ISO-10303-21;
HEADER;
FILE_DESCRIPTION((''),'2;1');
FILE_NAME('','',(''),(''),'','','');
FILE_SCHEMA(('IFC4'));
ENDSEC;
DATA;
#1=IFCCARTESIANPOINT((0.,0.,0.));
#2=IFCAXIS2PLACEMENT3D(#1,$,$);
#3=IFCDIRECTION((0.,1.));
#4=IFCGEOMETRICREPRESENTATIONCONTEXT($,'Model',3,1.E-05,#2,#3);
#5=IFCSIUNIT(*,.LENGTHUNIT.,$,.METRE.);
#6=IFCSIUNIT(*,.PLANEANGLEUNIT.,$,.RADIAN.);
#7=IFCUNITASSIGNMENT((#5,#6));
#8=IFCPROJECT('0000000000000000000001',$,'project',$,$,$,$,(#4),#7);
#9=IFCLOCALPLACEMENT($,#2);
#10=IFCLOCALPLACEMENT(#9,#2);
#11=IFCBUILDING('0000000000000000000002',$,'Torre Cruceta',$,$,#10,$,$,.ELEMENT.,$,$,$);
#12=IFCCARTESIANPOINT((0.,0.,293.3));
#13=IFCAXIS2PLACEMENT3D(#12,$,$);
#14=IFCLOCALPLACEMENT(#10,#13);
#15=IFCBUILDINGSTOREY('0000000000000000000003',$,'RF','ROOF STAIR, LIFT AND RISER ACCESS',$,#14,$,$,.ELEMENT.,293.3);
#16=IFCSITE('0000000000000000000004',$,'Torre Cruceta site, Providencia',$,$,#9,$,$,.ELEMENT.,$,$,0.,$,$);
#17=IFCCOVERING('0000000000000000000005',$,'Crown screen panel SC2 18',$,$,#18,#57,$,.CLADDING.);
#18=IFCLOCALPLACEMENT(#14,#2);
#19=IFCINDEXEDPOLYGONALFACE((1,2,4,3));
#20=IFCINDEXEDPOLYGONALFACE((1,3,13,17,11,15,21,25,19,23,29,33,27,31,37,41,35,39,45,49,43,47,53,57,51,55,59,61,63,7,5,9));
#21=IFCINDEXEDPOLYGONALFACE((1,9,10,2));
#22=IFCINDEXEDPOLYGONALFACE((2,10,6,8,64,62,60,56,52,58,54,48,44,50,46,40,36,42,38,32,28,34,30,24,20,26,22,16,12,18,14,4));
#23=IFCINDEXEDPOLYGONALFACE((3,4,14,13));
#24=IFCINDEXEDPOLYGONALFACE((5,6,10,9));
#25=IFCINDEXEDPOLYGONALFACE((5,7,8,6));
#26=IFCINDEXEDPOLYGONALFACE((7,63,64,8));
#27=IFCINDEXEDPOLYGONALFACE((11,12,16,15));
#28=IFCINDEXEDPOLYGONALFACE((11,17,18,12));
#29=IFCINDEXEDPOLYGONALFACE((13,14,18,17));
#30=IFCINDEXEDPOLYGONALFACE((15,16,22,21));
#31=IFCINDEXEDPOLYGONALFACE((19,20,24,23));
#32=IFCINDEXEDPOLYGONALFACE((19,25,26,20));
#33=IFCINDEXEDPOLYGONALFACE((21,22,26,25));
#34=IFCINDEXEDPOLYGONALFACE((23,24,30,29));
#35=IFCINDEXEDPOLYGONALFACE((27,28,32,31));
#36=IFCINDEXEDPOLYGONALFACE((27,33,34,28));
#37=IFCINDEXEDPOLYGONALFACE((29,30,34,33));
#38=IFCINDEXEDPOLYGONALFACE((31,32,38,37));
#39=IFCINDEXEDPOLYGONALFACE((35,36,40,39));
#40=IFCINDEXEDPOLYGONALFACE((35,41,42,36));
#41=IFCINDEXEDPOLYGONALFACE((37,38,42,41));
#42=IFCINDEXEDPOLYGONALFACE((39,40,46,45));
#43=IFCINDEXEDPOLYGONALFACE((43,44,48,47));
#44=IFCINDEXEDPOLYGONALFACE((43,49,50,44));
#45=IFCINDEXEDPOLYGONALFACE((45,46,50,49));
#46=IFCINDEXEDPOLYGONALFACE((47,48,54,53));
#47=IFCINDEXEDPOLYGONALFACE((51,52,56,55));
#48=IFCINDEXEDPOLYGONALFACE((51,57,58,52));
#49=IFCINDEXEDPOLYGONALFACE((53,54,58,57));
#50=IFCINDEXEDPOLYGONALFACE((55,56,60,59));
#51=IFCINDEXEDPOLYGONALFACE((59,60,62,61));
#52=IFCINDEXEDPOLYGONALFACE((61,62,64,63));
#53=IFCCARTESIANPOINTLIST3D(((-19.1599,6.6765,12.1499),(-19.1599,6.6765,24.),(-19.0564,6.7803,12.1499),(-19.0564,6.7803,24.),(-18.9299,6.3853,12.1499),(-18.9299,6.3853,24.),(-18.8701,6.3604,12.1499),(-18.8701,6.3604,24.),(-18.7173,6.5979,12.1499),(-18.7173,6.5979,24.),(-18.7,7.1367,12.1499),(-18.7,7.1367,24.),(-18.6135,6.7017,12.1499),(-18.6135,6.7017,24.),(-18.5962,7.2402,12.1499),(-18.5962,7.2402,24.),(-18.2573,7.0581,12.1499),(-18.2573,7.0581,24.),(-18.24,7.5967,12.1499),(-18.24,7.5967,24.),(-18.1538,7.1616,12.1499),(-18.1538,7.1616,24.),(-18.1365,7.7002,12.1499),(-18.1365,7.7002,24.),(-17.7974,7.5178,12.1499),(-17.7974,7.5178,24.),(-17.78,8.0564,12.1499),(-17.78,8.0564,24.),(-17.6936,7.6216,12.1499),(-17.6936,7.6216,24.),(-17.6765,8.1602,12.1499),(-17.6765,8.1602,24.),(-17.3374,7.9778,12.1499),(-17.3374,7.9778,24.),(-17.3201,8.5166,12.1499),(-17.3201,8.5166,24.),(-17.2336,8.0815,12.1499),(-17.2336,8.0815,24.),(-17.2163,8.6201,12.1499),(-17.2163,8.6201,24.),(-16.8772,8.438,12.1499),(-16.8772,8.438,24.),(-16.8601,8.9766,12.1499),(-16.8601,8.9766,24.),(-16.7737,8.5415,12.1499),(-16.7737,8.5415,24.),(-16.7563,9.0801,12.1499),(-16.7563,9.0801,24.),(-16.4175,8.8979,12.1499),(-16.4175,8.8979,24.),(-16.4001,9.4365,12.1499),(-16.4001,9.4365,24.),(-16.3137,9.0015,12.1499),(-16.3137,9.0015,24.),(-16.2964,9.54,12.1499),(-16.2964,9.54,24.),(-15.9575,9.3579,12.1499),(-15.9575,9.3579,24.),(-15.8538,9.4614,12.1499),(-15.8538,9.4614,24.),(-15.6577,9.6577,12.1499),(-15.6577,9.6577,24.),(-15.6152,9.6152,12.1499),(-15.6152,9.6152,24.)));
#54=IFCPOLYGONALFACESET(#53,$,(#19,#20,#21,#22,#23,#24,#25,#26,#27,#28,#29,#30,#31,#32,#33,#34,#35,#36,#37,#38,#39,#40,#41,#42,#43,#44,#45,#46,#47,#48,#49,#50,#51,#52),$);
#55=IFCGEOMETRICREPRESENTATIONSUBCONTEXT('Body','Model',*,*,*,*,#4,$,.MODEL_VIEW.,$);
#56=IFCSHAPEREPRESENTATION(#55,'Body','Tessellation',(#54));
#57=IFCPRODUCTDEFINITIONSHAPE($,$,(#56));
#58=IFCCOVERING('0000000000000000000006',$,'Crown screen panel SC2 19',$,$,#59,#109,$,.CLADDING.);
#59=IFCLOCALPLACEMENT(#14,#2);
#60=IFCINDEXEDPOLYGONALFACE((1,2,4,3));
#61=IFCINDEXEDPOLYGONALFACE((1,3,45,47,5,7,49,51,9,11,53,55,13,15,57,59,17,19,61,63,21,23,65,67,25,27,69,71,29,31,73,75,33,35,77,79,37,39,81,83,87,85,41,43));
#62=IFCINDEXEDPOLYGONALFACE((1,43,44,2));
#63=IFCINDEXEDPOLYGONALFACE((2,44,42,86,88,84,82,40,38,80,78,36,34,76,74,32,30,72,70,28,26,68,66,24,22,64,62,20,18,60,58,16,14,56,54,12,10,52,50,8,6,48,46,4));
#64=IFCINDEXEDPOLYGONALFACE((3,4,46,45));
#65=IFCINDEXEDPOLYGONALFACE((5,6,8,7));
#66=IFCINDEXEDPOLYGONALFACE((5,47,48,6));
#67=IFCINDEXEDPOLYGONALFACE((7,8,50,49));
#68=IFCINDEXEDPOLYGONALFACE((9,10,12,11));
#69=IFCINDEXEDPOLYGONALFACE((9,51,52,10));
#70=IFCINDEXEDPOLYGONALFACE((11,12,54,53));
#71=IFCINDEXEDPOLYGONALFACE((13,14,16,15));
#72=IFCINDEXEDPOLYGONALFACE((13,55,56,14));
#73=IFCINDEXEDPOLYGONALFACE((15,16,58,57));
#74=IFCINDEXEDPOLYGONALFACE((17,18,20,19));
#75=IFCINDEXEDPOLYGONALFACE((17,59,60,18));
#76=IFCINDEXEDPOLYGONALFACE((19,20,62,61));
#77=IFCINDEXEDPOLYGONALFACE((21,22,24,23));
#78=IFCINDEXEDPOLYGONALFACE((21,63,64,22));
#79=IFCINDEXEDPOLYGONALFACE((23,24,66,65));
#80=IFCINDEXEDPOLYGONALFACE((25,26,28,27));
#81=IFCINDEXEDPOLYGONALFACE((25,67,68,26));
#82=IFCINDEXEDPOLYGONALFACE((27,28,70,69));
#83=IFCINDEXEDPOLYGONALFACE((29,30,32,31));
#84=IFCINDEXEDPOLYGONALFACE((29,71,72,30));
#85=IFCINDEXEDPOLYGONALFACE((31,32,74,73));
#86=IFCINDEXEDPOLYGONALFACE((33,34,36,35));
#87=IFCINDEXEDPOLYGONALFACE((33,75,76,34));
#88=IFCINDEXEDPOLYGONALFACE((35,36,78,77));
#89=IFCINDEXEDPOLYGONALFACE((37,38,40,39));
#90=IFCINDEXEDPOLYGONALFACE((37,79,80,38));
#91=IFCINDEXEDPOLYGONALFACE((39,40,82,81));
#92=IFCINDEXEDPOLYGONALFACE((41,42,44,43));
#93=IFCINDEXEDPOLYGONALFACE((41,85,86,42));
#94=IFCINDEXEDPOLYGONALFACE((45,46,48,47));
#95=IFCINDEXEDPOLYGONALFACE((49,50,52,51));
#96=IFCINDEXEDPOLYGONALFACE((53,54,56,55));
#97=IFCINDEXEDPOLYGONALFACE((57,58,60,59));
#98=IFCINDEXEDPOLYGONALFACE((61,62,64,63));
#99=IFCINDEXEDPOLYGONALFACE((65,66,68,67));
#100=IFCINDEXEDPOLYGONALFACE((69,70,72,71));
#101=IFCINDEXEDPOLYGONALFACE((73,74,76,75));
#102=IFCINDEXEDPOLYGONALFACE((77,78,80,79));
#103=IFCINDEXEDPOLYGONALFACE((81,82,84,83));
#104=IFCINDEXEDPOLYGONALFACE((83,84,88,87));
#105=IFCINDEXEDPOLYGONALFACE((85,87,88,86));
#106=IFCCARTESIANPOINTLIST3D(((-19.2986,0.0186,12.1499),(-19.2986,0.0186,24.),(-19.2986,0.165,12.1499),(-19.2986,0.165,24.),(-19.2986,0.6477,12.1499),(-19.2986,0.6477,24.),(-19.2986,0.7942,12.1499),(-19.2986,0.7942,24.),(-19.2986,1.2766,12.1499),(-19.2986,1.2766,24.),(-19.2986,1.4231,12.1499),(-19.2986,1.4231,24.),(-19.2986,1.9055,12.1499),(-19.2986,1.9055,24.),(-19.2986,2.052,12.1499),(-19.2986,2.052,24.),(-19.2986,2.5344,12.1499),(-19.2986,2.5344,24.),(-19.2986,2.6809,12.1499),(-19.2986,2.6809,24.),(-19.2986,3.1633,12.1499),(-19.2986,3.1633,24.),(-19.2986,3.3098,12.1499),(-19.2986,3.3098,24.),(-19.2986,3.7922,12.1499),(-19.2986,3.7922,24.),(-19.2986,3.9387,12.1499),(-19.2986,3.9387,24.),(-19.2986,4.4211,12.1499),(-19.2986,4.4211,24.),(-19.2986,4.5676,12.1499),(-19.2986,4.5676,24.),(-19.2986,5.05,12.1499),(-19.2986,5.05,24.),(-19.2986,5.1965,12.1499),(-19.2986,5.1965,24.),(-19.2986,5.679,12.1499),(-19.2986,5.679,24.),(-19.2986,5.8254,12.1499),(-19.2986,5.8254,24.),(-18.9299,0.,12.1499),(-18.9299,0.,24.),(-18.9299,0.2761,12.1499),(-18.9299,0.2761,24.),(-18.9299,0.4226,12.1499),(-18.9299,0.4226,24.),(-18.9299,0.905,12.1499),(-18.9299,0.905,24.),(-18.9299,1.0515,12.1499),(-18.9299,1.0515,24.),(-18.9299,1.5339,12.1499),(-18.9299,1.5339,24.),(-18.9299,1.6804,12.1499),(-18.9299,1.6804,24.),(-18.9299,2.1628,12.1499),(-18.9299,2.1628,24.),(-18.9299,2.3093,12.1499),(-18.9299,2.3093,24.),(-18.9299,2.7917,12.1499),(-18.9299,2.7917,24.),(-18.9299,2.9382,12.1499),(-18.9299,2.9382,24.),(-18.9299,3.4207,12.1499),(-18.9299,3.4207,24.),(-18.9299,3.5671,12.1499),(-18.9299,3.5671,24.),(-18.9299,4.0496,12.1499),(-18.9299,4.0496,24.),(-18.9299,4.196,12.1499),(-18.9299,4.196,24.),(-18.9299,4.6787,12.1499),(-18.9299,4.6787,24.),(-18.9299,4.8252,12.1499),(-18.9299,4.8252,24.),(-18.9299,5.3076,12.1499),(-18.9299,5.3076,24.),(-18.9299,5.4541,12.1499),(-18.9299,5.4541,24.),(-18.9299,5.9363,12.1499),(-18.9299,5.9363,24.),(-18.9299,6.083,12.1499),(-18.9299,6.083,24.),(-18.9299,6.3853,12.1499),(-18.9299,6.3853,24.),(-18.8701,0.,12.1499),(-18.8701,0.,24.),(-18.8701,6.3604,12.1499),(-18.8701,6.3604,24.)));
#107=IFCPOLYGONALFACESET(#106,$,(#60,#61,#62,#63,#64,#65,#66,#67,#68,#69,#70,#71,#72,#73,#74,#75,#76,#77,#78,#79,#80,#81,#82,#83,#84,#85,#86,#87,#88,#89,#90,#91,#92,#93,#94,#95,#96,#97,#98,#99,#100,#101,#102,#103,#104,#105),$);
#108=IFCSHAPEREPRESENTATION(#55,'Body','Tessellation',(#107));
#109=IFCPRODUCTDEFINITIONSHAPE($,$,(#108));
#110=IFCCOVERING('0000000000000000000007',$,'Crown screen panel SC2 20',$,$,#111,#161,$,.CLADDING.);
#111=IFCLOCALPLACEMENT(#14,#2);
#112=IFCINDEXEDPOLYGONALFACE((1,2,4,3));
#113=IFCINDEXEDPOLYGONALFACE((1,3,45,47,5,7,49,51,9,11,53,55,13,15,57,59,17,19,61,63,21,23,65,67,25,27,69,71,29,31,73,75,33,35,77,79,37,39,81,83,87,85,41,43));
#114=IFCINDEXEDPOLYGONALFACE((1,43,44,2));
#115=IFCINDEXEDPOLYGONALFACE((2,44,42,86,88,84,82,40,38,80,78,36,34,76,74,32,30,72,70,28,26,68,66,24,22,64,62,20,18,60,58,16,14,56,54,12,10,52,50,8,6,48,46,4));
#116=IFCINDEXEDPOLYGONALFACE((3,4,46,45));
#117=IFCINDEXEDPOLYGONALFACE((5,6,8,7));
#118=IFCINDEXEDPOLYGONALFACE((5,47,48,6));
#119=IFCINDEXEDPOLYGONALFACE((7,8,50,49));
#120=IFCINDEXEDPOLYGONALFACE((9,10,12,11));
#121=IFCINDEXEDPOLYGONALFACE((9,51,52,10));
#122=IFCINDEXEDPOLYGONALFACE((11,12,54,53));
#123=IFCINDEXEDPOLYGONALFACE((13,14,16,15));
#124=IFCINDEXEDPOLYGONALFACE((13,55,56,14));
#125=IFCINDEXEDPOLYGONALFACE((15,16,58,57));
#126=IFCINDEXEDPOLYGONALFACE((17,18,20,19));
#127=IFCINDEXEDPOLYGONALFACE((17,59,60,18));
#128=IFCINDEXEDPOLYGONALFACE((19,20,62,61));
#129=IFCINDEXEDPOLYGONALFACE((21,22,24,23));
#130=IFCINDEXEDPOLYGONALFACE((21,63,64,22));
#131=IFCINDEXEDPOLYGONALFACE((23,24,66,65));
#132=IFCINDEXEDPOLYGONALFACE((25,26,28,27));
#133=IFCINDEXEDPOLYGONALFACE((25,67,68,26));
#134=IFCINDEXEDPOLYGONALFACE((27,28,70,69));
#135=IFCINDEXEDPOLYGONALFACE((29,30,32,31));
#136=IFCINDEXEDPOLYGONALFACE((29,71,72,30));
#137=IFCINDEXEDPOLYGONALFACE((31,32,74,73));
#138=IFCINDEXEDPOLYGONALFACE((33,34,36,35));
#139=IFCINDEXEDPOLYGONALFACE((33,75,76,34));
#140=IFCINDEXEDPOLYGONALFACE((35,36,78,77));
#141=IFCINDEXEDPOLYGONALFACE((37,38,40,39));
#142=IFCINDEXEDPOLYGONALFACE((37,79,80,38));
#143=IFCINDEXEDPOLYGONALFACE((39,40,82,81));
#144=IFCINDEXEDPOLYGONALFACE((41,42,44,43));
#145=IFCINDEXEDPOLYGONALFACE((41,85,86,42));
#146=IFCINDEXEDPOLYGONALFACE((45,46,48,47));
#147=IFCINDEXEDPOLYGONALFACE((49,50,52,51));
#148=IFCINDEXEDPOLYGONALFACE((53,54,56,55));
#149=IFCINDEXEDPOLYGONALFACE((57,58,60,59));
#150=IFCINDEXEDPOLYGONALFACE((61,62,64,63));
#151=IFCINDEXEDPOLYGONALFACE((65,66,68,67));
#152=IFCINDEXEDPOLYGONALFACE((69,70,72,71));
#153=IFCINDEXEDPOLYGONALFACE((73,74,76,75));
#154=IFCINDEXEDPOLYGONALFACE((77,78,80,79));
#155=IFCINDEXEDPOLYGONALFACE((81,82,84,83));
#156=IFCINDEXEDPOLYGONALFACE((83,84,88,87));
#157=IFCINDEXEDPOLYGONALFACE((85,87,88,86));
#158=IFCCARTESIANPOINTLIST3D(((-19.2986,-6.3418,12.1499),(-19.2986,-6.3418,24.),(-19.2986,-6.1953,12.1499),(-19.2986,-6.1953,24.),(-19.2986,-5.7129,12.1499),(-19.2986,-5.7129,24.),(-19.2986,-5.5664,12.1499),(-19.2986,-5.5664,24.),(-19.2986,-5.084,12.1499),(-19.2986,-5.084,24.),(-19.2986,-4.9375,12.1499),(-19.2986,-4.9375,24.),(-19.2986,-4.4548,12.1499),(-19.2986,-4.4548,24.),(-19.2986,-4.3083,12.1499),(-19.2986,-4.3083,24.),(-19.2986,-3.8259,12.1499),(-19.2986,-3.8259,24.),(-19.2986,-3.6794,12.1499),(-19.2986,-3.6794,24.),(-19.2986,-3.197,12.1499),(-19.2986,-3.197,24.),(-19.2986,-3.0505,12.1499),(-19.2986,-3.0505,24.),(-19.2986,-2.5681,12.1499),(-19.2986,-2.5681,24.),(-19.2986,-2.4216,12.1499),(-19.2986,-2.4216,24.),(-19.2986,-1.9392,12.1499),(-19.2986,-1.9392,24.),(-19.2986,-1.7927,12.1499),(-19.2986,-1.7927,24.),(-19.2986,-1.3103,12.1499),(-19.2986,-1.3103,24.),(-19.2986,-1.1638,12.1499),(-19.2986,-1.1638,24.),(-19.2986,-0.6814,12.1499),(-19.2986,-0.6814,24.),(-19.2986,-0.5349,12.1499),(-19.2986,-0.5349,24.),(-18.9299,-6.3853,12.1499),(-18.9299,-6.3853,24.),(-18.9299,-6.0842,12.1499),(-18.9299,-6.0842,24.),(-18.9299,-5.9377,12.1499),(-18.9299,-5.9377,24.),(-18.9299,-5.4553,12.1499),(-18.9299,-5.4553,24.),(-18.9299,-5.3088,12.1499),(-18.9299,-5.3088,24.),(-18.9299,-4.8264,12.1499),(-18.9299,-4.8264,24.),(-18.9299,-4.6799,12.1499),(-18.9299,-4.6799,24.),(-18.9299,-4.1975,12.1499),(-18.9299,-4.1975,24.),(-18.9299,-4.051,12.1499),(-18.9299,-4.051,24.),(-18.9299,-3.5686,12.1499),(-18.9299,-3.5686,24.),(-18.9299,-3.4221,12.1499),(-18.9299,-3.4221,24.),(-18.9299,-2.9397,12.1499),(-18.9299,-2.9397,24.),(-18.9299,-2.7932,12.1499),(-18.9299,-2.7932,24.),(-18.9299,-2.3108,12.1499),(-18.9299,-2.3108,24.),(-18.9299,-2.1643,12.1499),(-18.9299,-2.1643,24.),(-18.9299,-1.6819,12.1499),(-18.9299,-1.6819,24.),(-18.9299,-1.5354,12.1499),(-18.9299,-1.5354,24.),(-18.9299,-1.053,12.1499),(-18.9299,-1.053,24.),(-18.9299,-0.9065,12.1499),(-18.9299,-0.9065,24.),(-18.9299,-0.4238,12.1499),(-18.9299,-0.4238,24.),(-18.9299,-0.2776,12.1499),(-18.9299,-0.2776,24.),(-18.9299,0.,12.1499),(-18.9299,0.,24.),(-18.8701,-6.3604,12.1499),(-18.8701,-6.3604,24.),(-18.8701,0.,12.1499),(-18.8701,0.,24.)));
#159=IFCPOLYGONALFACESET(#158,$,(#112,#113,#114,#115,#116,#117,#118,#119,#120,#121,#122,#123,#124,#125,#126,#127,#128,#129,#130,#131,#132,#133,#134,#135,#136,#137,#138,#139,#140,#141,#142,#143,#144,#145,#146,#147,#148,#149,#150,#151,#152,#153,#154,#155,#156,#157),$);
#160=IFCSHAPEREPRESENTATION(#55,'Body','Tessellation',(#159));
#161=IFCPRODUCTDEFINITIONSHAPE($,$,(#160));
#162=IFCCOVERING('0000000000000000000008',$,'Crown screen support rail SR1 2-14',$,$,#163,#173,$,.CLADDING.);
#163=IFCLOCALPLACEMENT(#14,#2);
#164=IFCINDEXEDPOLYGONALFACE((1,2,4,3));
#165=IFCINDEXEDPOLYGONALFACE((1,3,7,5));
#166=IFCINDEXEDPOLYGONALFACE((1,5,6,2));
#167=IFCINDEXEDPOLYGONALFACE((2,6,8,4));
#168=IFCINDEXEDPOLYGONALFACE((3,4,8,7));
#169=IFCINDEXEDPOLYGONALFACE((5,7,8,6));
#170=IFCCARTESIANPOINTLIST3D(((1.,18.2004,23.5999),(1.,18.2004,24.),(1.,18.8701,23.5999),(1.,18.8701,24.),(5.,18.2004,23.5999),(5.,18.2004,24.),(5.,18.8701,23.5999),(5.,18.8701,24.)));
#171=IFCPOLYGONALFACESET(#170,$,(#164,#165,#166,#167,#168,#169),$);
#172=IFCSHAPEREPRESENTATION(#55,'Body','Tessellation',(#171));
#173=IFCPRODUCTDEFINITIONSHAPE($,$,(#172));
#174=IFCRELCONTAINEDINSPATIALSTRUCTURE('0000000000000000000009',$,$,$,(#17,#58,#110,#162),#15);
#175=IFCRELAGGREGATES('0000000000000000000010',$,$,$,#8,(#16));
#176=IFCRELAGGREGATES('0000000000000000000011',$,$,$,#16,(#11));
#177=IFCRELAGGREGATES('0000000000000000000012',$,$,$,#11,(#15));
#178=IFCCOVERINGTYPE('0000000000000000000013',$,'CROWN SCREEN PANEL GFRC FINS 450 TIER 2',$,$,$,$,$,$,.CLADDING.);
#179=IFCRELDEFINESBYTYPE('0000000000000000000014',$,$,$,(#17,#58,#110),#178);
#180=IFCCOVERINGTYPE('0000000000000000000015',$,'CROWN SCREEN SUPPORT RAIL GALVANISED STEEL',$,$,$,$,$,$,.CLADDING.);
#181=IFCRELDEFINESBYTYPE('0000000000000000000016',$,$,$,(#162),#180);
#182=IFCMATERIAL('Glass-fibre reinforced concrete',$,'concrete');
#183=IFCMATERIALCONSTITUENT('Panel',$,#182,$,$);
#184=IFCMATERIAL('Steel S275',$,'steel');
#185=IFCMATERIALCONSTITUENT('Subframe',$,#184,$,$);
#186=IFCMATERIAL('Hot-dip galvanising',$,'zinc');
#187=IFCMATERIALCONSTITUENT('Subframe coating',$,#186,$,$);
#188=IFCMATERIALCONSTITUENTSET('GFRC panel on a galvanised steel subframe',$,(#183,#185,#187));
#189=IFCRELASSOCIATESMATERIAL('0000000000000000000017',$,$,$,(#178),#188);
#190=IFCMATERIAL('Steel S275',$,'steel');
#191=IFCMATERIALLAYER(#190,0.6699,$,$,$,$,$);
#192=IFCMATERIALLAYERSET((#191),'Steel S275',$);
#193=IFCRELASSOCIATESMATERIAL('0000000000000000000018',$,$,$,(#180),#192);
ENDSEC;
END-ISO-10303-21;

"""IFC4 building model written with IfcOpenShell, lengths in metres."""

from ifc_helpers import new_model, si_unit, direction, frame, origin, place, context, subcontext, project, spatial, polyline, outline, extrude, material, layer, layer_set, constituent, constituent_set, type_object, element, save


model = new_model("IFC4")

# Units and contexts
model_context = context("Model", 3, precision=1e-05, world=origin(), true_north=direction((0.0, 1.0)))
body_context = subcontext(model_context, "Body", "Model", "MODEL_VIEW")
ifc_project = project(units=[si_unit("LENGTHUNIT", "METRE"), si_unit("PLANEANGLEUNIT", "RADIAN")], contexts=[model_context])

# Site, building, storey
site_placement = place(None, origin())
site = spatial("IfcSite", under=ifc_project, at=site_placement, Name="Torre Cruceta site, Providencia", CompositionType="ELEMENT", RefElevation=0.0)
building_placement = place(site_placement, origin())
building = spatial("IfcBuilding", under=site, at=building_placement, Name="Torre Cruceta", CompositionType="ELEMENT")
storey_placement = place(building_placement, frame((0.0, 0.0, 293.3)))
storey = spatial("IfcBuildingStorey", under=building, at=storey_placement, Name="RF", Description="ROOF STAIR, LIFT AND RISER ACCESS", CompositionType="ELEMENT", Elevation=293.3)

# Coverings
ifc_material_1 = material(Name="Glass-fibre reinforced concrete", Category="concrete")
ifc_constituent_1 = constituent(ifc_material_1, Name="Panel")
ifc_material_2 = material(Name="Steel S275", Category="steel")
ifc_constituent_2 = constituent(ifc_material_2, Name="Subframe")
ifc_material_3 = material(Name="Hot-dip galvanising", Category="zinc")
ifc_constituent_3 = constituent(ifc_material_3, Name="Subframe coating")
ifc_constituent_set_1 = constituent_set(constituents=[ifc_constituent_1, ifc_constituent_2, ifc_constituent_3], Name="GFRC panel on a galvanised steel subframe")
covering_type_1 = type_object("IfcCoveringType", Name="CROWN SCREEN PANEL GFRC FINS 450 TIER 2", PredefinedType="CLADDING", material=ifc_constituent_set_1)
covering_1_placement = place(storey_placement, frame((0.0, 0.0, 12.1499)))
element("IfcCovering", 1, at=covering_1_placement, inside=storey, type_object=covering_type_1, Name="Crown screen panel SC2 18", PredefinedType="CLADDING", context=body_context, shape_type="SweptSolid", body=[
    extrude(outline(polyline([(-19.1599, 6.6765), (-18.7173, 6.5979), (-18.9299, 6.3853), (-18.8701, 6.3604), (-15.6152, 9.6152), (-15.6577, 9.6577), (-15.8538, 9.4614), (-16.2964, 9.54), (-16.4001, 9.4365), (-15.9575, 9.3579), (-16.3137, 9.0015), (-16.7563, 9.0801), (-16.8601, 8.9766), (-16.4175, 8.8979), (-16.7737, 8.5415), (-17.2163, 8.6201), (-17.3201, 8.5166), (-16.8772, 8.438), (-17.2336, 8.0815), (-17.6765, 8.1602), (-17.78, 8.0564), (-17.3374, 7.9778), (-17.6936, 7.6216), (-18.1365, 7.7002), (-18.24, 7.5967), (-17.7974, 7.5178), (-18.1538, 7.1616), (-18.5962, 7.2402), (-18.7, 7.1367), (-18.2573, 7.0581), (-18.6135, 6.7017), (-19.0564, 6.7803), (-19.1599, 6.6765)])), origin(), (0.0, 0.0, 1.0), 11.8501),
])
covering_2_placement = place(storey_placement, frame((0.0, 0.0, 12.1499)))
element("IfcCovering", 2, at=covering_2_placement, inside=storey, type_object=covering_type_1, Name="Crown screen panel SC2 19", PredefinedType="CLADDING", context=body_context, shape_type="SweptSolid", body=[
    extrude(outline(polyline([(-19.2986, 2.5344), (-18.9299, 2.7917), (-18.9299, 2.3093), (-19.2986, 2.052), (-19.2986, 1.9055), (-18.9299, 2.1628), (-18.9299, 1.6804), (-19.2986, 1.4231), (-19.2986, 1.2766), (-18.9299, 1.5339), (-18.9299, 1.0515), (-19.2986, 0.7942), (-19.2986, 0.6477), (-18.9299, 0.905), (-18.9299, 0.4226), (-19.2986, 0.165), (-19.2986, 0.0186), (-18.9299, 0.2761), (-18.9299, 0.0), (-18.8701, 0.0), (-18.8701, 6.3604), (-18.9299, 6.3853), (-18.9299, 6.083), (-19.2986, 5.8254), (-19.2986, 5.679), (-18.9299, 5.9363), (-18.9299, 5.4541), (-19.2986, 5.1965), (-19.2986, 5.05), (-18.9299, 5.3076), (-18.9299, 4.8252), (-19.2986, 4.5676), (-19.2986, 4.4211), (-18.9299, 4.6787), (-18.9299, 4.196), (-19.2986, 3.9387), (-19.2986, 3.7922), (-18.9299, 4.0496), (-18.9299, 3.5671), (-19.2986, 3.3098), (-19.2986, 3.1633), (-18.9299, 3.4207), (-18.9299, 2.9382), (-19.2986, 2.6809), (-19.2986, 2.5344)])), origin(), (0.0, 0.0, 1.0), 11.8501),
])
covering_3_placement = place(storey_placement, frame((0.0, 0.0, 12.1499)))
element("IfcCovering", 3, at=covering_3_placement, inside=storey, type_object=covering_type_1, Name="Crown screen panel SC2 20", PredefinedType="CLADDING", context=body_context, shape_type="SweptSolid", body=[
    extrude(outline(polyline([(-19.2986, -3.8259), (-18.9299, -3.5686), (-18.9299, -4.051), (-19.2986, -4.3083), (-19.2986, -4.4548), (-18.9299, -4.1975), (-18.9299, -4.6799), (-19.2986, -4.9375), (-19.2986, -5.084), (-18.9299, -4.8264), (-18.9299, -5.3088), (-19.2986, -5.5664), (-19.2986, -5.7129), (-18.9299, -5.4553), (-18.9299, -5.9377), (-19.2986, -6.1953), (-19.2986, -6.3418), (-18.9299, -6.0842), (-18.9299, -6.3853), (-18.8701, -6.3604), (-18.8701, 0.0), (-18.9299, 0.0), (-18.9299, -0.2776), (-19.2986, -0.5349), (-19.2986, -0.6814), (-18.9299, -0.4238), (-18.9299, -0.9065), (-19.2986, -1.1638), (-19.2986, -1.3103), (-18.9299, -1.053), (-18.9299, -1.5354), (-19.2986, -1.7927), (-19.2986, -1.9392), (-18.9299, -1.6819), (-18.9299, -2.1643), (-19.2986, -2.4216), (-19.2986, -2.5681), (-18.9299, -2.3108), (-18.9299, -2.7932), (-19.2986, -3.0505), (-19.2986, -3.197), (-18.9299, -2.9397), (-18.9299, -3.4221), (-19.2986, -3.6794), (-19.2986, -3.8259)])), origin(), (0.0, 0.0, 1.0), 11.8501),
])
ifc_material_4 = material(Name="Steel S275", Category="steel")
ifc_layer = layer(ifc_material_4, 0.6699)
ifc_layer_set = layer_set([ifc_layer], Name="Steel S275")
covering_type_2 = type_object("IfcCoveringType", Name="CROWN SCREEN SUPPORT RAIL GALVANISED STEEL", PredefinedType="CLADDING", material=ifc_layer_set)
covering_4_placement = place(storey_placement, frame((0.0, 0.0, 23.5999)))
element("IfcCovering", 4, at=covering_4_placement, inside=storey, type_object=covering_type_2, Name="Crown screen support rail SR1 2-14", PredefinedType="CLADDING", context=body_context, shape_type="SweptSolid", body=[
    extrude(outline(polyline([(5.0, 18.8701), (1.0, 18.8701), (1.0, 18.2004), (5.0, 18.2004), (5.0, 18.8701)])), origin(), (0.0, 0.0, 1.0), 0.4001),
])

save(model, "model.ifc")
